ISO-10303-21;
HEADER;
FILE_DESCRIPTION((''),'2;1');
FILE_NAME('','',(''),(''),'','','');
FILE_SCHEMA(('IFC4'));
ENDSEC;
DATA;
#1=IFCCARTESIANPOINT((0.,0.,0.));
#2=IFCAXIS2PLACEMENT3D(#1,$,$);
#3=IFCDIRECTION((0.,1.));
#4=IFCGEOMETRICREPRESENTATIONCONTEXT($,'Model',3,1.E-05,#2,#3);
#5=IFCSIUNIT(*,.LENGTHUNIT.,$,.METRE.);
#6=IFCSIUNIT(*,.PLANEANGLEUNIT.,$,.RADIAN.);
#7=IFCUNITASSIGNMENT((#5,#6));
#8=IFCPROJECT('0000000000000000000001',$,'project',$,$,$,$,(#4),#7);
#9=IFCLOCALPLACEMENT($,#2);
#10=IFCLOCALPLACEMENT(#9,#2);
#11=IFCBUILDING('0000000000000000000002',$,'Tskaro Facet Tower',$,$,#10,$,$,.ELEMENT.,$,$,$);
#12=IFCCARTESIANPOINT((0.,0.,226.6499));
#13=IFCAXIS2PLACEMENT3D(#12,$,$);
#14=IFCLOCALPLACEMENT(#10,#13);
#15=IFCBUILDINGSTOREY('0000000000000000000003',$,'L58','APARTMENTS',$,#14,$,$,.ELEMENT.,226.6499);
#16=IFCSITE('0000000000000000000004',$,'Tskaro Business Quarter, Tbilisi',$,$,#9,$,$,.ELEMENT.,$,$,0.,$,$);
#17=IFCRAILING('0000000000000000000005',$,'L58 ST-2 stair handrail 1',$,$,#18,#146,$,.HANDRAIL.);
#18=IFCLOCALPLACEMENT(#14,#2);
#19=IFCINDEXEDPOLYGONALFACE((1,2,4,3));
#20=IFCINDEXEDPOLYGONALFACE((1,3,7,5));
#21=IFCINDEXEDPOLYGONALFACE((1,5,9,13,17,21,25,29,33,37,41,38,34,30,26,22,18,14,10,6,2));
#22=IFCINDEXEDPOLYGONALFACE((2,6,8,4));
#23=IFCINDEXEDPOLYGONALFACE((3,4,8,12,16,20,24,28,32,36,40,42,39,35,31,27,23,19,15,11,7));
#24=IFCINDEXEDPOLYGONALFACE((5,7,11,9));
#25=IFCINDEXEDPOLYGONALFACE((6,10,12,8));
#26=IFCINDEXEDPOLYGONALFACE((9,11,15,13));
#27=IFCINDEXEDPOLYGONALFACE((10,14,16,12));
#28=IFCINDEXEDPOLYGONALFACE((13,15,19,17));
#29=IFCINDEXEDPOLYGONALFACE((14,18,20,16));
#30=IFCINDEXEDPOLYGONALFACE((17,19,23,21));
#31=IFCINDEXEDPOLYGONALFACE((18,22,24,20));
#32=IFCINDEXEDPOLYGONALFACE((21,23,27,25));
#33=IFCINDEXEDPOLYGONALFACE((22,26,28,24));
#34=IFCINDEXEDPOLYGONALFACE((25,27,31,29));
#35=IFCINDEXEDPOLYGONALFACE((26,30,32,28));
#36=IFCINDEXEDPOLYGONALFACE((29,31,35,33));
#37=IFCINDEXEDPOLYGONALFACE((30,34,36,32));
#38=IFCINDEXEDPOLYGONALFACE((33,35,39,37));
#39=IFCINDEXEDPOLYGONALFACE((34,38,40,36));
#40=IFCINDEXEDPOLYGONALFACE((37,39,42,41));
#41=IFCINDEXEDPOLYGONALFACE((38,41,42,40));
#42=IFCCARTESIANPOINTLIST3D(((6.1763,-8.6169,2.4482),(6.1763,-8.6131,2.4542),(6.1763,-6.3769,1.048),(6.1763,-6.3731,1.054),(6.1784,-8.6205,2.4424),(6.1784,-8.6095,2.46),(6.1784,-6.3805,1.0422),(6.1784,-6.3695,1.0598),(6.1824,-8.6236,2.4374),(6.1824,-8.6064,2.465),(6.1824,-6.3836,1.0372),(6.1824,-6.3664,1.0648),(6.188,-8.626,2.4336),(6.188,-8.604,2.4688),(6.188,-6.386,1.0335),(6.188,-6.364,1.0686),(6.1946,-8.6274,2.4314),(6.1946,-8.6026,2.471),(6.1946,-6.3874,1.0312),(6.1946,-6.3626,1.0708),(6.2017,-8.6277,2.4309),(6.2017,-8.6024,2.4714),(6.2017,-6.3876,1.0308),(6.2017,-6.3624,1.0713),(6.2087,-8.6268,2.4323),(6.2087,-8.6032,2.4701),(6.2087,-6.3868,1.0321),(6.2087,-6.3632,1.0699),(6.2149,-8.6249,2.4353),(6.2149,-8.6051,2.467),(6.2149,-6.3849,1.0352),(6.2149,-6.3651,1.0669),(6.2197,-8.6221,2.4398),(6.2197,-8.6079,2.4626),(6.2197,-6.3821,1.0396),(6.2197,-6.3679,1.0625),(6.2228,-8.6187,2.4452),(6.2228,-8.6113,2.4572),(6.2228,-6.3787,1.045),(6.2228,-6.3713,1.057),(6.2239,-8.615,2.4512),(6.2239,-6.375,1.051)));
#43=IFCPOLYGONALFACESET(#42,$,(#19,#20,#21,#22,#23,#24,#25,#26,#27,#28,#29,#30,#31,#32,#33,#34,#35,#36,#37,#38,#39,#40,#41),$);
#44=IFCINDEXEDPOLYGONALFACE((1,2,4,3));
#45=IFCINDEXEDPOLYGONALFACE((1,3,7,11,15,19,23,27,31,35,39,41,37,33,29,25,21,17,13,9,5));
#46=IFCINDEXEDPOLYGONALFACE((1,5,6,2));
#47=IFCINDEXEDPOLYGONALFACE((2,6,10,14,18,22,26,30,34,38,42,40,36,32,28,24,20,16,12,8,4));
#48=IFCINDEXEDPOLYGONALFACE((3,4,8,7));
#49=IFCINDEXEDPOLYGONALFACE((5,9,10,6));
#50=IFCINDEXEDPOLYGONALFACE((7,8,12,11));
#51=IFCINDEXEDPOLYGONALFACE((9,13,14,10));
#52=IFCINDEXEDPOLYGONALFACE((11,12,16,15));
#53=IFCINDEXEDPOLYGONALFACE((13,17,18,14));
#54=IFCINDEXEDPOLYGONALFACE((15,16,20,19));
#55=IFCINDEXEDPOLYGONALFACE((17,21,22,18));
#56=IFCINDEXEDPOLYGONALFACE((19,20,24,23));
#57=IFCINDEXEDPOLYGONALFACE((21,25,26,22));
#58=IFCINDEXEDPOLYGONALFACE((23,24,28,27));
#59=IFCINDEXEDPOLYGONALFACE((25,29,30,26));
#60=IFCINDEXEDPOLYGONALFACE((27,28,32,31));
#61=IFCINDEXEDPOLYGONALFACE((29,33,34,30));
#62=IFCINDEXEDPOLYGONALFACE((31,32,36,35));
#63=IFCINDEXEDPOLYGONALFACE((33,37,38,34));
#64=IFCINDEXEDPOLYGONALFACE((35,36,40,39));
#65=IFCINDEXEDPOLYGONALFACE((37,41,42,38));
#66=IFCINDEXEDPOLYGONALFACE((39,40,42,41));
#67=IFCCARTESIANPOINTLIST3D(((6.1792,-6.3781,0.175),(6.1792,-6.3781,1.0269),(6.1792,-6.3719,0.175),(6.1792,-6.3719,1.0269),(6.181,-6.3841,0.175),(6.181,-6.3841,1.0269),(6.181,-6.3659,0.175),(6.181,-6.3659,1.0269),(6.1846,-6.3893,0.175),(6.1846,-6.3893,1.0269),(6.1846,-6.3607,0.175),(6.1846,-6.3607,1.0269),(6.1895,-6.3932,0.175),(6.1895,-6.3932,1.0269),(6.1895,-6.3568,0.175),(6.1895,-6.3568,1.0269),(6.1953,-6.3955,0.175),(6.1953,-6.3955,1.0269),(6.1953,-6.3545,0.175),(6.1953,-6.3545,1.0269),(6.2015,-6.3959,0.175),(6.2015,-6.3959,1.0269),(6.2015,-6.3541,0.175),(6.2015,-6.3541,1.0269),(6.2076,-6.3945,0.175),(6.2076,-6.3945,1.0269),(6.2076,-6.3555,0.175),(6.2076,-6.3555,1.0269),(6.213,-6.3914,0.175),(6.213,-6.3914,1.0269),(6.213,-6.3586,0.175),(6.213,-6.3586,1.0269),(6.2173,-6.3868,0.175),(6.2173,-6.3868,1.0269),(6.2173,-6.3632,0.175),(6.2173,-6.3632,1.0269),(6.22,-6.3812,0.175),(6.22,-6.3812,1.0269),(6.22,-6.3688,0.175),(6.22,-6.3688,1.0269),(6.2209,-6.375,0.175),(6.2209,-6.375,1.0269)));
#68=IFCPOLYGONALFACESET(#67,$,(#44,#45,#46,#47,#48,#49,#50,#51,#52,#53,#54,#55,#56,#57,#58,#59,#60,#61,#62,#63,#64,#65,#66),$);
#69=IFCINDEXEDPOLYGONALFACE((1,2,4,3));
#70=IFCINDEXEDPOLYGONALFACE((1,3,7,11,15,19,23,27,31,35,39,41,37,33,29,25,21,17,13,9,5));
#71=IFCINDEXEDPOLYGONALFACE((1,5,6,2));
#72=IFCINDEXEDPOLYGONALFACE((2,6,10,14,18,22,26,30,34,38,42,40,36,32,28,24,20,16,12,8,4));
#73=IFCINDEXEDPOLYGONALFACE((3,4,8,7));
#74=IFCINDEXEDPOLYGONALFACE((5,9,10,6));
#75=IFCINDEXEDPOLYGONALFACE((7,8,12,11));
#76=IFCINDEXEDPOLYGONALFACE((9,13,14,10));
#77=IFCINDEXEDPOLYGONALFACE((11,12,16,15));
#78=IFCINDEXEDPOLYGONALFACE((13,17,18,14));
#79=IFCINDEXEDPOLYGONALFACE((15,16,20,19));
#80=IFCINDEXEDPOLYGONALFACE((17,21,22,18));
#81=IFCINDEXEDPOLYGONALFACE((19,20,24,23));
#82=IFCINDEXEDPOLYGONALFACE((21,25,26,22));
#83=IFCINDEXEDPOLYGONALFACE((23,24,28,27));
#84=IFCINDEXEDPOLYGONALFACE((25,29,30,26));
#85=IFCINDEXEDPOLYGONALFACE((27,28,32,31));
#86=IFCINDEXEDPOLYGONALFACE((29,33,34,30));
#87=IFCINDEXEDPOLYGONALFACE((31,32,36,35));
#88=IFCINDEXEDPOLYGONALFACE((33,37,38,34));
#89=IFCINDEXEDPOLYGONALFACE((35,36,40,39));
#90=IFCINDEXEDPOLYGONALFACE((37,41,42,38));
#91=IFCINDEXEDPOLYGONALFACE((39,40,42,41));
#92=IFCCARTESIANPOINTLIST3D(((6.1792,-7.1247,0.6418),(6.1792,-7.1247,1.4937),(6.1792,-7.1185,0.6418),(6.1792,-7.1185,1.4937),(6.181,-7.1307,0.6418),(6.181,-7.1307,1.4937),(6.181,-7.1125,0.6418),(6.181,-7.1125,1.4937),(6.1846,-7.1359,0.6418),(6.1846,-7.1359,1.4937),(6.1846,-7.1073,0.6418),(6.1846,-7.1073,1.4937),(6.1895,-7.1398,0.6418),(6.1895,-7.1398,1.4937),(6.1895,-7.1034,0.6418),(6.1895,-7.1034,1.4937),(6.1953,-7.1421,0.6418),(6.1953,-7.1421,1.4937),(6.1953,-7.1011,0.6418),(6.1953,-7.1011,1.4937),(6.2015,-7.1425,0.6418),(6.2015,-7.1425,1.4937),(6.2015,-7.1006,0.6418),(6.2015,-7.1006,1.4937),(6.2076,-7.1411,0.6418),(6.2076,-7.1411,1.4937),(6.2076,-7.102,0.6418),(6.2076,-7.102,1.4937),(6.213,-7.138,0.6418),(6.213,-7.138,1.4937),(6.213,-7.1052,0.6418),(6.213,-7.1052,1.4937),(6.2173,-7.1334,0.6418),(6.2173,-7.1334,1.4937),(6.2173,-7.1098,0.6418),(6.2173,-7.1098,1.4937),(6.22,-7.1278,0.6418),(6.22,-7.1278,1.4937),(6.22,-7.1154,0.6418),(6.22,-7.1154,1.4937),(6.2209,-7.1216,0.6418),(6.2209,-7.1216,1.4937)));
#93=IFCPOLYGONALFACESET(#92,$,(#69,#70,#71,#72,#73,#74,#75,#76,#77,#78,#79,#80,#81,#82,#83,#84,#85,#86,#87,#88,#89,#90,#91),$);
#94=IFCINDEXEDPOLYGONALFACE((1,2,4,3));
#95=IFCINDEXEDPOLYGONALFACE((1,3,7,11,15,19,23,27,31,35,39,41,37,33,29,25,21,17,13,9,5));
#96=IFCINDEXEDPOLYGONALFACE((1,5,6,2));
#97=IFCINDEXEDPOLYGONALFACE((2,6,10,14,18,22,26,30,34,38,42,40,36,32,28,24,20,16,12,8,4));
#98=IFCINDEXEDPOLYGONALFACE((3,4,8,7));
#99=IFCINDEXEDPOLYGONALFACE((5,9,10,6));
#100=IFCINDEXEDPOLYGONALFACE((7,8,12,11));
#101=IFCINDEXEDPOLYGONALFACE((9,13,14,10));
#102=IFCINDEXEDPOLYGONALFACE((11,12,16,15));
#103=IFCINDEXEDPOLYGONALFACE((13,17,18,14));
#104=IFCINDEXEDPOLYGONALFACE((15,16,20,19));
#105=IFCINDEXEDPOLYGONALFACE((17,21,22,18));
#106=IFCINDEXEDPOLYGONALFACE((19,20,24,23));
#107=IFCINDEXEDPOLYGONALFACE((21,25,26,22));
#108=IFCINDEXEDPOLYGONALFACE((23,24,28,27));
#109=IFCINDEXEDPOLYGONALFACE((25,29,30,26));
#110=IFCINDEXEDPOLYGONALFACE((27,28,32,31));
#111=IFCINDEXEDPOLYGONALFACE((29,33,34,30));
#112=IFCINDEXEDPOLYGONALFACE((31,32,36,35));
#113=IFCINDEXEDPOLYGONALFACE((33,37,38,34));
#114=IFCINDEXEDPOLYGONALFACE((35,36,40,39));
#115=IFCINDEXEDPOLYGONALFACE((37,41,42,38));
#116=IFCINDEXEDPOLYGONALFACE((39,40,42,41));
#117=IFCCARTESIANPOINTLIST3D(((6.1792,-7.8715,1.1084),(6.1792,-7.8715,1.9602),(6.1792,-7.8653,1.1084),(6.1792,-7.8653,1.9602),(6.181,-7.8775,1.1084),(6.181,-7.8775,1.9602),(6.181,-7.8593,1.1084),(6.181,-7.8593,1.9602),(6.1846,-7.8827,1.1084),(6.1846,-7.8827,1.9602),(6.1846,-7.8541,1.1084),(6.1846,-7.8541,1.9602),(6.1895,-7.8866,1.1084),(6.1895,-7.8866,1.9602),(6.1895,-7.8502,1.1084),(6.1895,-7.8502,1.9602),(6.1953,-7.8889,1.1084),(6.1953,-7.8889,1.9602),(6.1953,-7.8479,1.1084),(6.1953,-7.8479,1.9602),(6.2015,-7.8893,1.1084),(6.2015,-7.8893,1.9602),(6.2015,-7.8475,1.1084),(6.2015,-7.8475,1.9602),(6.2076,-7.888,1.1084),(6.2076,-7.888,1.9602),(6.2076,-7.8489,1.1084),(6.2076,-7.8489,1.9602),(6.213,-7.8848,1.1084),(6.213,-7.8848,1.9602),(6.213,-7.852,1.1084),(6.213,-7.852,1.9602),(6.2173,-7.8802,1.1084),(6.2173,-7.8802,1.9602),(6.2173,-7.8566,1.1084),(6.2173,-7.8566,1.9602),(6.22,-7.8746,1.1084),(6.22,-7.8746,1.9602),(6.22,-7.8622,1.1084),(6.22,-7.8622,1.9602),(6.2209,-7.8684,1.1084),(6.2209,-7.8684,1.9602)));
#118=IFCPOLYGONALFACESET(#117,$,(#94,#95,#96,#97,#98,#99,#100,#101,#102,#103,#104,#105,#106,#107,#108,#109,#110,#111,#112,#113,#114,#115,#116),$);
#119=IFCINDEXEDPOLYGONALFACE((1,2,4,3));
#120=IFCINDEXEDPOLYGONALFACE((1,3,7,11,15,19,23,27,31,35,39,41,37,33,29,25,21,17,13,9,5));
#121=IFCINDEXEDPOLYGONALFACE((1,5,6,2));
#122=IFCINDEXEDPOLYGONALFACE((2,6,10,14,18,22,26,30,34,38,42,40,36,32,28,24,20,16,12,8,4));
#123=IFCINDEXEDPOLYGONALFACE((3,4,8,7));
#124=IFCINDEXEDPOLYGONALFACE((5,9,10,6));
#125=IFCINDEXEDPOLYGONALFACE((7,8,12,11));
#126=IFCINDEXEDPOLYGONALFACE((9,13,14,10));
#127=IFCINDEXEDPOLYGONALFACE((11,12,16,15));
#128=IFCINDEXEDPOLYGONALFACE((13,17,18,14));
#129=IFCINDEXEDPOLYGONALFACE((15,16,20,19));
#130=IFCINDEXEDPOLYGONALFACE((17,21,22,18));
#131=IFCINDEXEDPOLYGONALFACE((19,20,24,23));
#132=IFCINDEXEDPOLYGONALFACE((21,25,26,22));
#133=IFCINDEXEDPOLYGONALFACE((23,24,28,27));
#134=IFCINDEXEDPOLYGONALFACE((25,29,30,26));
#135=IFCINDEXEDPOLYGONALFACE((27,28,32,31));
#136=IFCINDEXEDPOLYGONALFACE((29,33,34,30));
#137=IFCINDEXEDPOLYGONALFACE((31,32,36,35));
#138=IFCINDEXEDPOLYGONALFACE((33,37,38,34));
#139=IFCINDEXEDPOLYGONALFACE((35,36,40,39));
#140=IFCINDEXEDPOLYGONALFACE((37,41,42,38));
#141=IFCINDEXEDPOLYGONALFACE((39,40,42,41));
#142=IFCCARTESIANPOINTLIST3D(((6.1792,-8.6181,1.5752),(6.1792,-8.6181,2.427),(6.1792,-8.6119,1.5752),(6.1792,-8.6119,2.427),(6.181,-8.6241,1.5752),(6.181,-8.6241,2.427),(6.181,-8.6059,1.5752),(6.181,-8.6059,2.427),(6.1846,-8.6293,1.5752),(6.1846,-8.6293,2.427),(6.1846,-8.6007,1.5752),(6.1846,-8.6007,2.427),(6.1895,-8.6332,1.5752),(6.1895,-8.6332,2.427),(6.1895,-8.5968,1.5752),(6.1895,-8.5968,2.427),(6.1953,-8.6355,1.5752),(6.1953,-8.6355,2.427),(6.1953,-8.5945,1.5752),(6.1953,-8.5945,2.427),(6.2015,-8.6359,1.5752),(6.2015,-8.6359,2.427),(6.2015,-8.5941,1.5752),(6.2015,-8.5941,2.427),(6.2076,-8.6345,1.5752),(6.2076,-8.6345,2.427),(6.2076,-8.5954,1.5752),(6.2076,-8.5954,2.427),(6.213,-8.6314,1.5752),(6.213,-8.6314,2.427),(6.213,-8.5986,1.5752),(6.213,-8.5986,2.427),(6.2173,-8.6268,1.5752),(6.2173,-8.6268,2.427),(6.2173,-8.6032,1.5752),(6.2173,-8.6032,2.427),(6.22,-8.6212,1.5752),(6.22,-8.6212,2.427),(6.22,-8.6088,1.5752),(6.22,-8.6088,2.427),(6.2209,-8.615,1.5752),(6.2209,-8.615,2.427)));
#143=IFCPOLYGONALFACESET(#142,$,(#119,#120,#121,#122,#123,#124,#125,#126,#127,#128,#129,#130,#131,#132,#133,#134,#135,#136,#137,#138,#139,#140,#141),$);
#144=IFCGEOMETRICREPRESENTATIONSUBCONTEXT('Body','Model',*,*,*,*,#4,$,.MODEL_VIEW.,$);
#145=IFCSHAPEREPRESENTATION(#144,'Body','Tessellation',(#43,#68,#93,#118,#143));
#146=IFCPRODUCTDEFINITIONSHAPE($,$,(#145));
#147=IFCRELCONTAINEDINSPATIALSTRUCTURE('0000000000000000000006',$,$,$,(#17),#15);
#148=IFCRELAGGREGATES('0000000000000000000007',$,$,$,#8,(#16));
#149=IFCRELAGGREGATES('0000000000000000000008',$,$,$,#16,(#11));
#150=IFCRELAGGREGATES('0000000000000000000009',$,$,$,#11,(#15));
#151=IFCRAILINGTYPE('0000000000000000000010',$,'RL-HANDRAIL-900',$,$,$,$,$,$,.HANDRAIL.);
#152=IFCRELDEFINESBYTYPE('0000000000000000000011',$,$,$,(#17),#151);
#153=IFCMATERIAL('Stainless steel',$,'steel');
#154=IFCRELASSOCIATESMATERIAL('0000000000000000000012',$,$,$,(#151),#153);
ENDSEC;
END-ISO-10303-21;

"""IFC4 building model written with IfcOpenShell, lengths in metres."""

from ifc_helpers import new_model, si_unit, direction, frame, origin, origin_2d, place, context, subcontext, project, spatial, circle, extrude, material, type_object, element, save


model = new_model("IFC4")

# Units and contexts
model_context = context("Model", 3, precision=1e-05, world=origin(), true_north=direction((0.0, 1.0)))
body_context = subcontext(model_context, "Body", "Model", "MODEL_VIEW")
ifc_project = project(units=[si_unit("LENGTHUNIT", "METRE"), si_unit("PLANEANGLEUNIT", "RADIAN")], contexts=[model_context])

# Site, building, storey
site_placement = place(None, origin())
site = spatial("IfcSite", under=ifc_project, at=site_placement, Name="Tskaro Business Quarter, Tbilisi", CompositionType="ELEMENT", RefElevation=0.0)
building_placement = place(site_placement, origin())
building = spatial("IfcBuilding", under=site, at=building_placement, Name="Tskaro Facet Tower", CompositionType="ELEMENT")
storey_placement = place(building_placement, frame((0.0, 0.0, 226.6499)))
storey = spatial("IfcBuildingStorey", under=building, at=storey_placement, Name="L58", Description="APARTMENTS", CompositionType="ELEMENT", Elevation=226.6499)

# Shared definitions
ifc_material_1 = material(Name="Stainless steel", Category="steel")

# Railing
railing_type_1 = type_object("IfcRailingType", Name="RL-HANDRAIL-900", PredefinedType="HANDRAIL", material=ifc_material_1)
railing_1_placement = place(storey_placement, frame((6.2, -6.375, 0.175)))
element("IfcRailing", 1, at=railing_1_placement, inside=storey, type_object=railing_type_1, Name="L58 ST-2 stair handrail 1", PredefinedType="HANDRAIL", context=body_context, shape_type="SweptSolid", body=[
    extrude(circle(Radius=0.0239, at=origin_2d()), frame((0.0, 0.0, 0.876), z_axis=(0.0, -0.847972, 0.53004), x_axis=(1.0, 0.0, 0.0)), (0.0, 0.0, 1.0), 2.6416),
    extrude(circle(Radius=0.021, at=origin_2d()), origin(), (0.0, 0.0, 1.0), 0.8518),
    extrude(circle(Radius=0.021, at=origin_2d()), frame((0.0, -0.7466, 0.4668)), (0.0, 0.0, 1.0), 0.8518),
    extrude(circle(Radius=0.021, at=origin_2d()), frame((0.0, -1.4934, 0.9333)), (0.0, 0.0, 1.0), 0.8518),
    extrude(circle(Radius=0.021, at=origin_2d()), frame((0.0, -2.24, 1.4001)), (0.0, 0.0, 1.0), 0.8518),
])

save(model, "model.ifc")
